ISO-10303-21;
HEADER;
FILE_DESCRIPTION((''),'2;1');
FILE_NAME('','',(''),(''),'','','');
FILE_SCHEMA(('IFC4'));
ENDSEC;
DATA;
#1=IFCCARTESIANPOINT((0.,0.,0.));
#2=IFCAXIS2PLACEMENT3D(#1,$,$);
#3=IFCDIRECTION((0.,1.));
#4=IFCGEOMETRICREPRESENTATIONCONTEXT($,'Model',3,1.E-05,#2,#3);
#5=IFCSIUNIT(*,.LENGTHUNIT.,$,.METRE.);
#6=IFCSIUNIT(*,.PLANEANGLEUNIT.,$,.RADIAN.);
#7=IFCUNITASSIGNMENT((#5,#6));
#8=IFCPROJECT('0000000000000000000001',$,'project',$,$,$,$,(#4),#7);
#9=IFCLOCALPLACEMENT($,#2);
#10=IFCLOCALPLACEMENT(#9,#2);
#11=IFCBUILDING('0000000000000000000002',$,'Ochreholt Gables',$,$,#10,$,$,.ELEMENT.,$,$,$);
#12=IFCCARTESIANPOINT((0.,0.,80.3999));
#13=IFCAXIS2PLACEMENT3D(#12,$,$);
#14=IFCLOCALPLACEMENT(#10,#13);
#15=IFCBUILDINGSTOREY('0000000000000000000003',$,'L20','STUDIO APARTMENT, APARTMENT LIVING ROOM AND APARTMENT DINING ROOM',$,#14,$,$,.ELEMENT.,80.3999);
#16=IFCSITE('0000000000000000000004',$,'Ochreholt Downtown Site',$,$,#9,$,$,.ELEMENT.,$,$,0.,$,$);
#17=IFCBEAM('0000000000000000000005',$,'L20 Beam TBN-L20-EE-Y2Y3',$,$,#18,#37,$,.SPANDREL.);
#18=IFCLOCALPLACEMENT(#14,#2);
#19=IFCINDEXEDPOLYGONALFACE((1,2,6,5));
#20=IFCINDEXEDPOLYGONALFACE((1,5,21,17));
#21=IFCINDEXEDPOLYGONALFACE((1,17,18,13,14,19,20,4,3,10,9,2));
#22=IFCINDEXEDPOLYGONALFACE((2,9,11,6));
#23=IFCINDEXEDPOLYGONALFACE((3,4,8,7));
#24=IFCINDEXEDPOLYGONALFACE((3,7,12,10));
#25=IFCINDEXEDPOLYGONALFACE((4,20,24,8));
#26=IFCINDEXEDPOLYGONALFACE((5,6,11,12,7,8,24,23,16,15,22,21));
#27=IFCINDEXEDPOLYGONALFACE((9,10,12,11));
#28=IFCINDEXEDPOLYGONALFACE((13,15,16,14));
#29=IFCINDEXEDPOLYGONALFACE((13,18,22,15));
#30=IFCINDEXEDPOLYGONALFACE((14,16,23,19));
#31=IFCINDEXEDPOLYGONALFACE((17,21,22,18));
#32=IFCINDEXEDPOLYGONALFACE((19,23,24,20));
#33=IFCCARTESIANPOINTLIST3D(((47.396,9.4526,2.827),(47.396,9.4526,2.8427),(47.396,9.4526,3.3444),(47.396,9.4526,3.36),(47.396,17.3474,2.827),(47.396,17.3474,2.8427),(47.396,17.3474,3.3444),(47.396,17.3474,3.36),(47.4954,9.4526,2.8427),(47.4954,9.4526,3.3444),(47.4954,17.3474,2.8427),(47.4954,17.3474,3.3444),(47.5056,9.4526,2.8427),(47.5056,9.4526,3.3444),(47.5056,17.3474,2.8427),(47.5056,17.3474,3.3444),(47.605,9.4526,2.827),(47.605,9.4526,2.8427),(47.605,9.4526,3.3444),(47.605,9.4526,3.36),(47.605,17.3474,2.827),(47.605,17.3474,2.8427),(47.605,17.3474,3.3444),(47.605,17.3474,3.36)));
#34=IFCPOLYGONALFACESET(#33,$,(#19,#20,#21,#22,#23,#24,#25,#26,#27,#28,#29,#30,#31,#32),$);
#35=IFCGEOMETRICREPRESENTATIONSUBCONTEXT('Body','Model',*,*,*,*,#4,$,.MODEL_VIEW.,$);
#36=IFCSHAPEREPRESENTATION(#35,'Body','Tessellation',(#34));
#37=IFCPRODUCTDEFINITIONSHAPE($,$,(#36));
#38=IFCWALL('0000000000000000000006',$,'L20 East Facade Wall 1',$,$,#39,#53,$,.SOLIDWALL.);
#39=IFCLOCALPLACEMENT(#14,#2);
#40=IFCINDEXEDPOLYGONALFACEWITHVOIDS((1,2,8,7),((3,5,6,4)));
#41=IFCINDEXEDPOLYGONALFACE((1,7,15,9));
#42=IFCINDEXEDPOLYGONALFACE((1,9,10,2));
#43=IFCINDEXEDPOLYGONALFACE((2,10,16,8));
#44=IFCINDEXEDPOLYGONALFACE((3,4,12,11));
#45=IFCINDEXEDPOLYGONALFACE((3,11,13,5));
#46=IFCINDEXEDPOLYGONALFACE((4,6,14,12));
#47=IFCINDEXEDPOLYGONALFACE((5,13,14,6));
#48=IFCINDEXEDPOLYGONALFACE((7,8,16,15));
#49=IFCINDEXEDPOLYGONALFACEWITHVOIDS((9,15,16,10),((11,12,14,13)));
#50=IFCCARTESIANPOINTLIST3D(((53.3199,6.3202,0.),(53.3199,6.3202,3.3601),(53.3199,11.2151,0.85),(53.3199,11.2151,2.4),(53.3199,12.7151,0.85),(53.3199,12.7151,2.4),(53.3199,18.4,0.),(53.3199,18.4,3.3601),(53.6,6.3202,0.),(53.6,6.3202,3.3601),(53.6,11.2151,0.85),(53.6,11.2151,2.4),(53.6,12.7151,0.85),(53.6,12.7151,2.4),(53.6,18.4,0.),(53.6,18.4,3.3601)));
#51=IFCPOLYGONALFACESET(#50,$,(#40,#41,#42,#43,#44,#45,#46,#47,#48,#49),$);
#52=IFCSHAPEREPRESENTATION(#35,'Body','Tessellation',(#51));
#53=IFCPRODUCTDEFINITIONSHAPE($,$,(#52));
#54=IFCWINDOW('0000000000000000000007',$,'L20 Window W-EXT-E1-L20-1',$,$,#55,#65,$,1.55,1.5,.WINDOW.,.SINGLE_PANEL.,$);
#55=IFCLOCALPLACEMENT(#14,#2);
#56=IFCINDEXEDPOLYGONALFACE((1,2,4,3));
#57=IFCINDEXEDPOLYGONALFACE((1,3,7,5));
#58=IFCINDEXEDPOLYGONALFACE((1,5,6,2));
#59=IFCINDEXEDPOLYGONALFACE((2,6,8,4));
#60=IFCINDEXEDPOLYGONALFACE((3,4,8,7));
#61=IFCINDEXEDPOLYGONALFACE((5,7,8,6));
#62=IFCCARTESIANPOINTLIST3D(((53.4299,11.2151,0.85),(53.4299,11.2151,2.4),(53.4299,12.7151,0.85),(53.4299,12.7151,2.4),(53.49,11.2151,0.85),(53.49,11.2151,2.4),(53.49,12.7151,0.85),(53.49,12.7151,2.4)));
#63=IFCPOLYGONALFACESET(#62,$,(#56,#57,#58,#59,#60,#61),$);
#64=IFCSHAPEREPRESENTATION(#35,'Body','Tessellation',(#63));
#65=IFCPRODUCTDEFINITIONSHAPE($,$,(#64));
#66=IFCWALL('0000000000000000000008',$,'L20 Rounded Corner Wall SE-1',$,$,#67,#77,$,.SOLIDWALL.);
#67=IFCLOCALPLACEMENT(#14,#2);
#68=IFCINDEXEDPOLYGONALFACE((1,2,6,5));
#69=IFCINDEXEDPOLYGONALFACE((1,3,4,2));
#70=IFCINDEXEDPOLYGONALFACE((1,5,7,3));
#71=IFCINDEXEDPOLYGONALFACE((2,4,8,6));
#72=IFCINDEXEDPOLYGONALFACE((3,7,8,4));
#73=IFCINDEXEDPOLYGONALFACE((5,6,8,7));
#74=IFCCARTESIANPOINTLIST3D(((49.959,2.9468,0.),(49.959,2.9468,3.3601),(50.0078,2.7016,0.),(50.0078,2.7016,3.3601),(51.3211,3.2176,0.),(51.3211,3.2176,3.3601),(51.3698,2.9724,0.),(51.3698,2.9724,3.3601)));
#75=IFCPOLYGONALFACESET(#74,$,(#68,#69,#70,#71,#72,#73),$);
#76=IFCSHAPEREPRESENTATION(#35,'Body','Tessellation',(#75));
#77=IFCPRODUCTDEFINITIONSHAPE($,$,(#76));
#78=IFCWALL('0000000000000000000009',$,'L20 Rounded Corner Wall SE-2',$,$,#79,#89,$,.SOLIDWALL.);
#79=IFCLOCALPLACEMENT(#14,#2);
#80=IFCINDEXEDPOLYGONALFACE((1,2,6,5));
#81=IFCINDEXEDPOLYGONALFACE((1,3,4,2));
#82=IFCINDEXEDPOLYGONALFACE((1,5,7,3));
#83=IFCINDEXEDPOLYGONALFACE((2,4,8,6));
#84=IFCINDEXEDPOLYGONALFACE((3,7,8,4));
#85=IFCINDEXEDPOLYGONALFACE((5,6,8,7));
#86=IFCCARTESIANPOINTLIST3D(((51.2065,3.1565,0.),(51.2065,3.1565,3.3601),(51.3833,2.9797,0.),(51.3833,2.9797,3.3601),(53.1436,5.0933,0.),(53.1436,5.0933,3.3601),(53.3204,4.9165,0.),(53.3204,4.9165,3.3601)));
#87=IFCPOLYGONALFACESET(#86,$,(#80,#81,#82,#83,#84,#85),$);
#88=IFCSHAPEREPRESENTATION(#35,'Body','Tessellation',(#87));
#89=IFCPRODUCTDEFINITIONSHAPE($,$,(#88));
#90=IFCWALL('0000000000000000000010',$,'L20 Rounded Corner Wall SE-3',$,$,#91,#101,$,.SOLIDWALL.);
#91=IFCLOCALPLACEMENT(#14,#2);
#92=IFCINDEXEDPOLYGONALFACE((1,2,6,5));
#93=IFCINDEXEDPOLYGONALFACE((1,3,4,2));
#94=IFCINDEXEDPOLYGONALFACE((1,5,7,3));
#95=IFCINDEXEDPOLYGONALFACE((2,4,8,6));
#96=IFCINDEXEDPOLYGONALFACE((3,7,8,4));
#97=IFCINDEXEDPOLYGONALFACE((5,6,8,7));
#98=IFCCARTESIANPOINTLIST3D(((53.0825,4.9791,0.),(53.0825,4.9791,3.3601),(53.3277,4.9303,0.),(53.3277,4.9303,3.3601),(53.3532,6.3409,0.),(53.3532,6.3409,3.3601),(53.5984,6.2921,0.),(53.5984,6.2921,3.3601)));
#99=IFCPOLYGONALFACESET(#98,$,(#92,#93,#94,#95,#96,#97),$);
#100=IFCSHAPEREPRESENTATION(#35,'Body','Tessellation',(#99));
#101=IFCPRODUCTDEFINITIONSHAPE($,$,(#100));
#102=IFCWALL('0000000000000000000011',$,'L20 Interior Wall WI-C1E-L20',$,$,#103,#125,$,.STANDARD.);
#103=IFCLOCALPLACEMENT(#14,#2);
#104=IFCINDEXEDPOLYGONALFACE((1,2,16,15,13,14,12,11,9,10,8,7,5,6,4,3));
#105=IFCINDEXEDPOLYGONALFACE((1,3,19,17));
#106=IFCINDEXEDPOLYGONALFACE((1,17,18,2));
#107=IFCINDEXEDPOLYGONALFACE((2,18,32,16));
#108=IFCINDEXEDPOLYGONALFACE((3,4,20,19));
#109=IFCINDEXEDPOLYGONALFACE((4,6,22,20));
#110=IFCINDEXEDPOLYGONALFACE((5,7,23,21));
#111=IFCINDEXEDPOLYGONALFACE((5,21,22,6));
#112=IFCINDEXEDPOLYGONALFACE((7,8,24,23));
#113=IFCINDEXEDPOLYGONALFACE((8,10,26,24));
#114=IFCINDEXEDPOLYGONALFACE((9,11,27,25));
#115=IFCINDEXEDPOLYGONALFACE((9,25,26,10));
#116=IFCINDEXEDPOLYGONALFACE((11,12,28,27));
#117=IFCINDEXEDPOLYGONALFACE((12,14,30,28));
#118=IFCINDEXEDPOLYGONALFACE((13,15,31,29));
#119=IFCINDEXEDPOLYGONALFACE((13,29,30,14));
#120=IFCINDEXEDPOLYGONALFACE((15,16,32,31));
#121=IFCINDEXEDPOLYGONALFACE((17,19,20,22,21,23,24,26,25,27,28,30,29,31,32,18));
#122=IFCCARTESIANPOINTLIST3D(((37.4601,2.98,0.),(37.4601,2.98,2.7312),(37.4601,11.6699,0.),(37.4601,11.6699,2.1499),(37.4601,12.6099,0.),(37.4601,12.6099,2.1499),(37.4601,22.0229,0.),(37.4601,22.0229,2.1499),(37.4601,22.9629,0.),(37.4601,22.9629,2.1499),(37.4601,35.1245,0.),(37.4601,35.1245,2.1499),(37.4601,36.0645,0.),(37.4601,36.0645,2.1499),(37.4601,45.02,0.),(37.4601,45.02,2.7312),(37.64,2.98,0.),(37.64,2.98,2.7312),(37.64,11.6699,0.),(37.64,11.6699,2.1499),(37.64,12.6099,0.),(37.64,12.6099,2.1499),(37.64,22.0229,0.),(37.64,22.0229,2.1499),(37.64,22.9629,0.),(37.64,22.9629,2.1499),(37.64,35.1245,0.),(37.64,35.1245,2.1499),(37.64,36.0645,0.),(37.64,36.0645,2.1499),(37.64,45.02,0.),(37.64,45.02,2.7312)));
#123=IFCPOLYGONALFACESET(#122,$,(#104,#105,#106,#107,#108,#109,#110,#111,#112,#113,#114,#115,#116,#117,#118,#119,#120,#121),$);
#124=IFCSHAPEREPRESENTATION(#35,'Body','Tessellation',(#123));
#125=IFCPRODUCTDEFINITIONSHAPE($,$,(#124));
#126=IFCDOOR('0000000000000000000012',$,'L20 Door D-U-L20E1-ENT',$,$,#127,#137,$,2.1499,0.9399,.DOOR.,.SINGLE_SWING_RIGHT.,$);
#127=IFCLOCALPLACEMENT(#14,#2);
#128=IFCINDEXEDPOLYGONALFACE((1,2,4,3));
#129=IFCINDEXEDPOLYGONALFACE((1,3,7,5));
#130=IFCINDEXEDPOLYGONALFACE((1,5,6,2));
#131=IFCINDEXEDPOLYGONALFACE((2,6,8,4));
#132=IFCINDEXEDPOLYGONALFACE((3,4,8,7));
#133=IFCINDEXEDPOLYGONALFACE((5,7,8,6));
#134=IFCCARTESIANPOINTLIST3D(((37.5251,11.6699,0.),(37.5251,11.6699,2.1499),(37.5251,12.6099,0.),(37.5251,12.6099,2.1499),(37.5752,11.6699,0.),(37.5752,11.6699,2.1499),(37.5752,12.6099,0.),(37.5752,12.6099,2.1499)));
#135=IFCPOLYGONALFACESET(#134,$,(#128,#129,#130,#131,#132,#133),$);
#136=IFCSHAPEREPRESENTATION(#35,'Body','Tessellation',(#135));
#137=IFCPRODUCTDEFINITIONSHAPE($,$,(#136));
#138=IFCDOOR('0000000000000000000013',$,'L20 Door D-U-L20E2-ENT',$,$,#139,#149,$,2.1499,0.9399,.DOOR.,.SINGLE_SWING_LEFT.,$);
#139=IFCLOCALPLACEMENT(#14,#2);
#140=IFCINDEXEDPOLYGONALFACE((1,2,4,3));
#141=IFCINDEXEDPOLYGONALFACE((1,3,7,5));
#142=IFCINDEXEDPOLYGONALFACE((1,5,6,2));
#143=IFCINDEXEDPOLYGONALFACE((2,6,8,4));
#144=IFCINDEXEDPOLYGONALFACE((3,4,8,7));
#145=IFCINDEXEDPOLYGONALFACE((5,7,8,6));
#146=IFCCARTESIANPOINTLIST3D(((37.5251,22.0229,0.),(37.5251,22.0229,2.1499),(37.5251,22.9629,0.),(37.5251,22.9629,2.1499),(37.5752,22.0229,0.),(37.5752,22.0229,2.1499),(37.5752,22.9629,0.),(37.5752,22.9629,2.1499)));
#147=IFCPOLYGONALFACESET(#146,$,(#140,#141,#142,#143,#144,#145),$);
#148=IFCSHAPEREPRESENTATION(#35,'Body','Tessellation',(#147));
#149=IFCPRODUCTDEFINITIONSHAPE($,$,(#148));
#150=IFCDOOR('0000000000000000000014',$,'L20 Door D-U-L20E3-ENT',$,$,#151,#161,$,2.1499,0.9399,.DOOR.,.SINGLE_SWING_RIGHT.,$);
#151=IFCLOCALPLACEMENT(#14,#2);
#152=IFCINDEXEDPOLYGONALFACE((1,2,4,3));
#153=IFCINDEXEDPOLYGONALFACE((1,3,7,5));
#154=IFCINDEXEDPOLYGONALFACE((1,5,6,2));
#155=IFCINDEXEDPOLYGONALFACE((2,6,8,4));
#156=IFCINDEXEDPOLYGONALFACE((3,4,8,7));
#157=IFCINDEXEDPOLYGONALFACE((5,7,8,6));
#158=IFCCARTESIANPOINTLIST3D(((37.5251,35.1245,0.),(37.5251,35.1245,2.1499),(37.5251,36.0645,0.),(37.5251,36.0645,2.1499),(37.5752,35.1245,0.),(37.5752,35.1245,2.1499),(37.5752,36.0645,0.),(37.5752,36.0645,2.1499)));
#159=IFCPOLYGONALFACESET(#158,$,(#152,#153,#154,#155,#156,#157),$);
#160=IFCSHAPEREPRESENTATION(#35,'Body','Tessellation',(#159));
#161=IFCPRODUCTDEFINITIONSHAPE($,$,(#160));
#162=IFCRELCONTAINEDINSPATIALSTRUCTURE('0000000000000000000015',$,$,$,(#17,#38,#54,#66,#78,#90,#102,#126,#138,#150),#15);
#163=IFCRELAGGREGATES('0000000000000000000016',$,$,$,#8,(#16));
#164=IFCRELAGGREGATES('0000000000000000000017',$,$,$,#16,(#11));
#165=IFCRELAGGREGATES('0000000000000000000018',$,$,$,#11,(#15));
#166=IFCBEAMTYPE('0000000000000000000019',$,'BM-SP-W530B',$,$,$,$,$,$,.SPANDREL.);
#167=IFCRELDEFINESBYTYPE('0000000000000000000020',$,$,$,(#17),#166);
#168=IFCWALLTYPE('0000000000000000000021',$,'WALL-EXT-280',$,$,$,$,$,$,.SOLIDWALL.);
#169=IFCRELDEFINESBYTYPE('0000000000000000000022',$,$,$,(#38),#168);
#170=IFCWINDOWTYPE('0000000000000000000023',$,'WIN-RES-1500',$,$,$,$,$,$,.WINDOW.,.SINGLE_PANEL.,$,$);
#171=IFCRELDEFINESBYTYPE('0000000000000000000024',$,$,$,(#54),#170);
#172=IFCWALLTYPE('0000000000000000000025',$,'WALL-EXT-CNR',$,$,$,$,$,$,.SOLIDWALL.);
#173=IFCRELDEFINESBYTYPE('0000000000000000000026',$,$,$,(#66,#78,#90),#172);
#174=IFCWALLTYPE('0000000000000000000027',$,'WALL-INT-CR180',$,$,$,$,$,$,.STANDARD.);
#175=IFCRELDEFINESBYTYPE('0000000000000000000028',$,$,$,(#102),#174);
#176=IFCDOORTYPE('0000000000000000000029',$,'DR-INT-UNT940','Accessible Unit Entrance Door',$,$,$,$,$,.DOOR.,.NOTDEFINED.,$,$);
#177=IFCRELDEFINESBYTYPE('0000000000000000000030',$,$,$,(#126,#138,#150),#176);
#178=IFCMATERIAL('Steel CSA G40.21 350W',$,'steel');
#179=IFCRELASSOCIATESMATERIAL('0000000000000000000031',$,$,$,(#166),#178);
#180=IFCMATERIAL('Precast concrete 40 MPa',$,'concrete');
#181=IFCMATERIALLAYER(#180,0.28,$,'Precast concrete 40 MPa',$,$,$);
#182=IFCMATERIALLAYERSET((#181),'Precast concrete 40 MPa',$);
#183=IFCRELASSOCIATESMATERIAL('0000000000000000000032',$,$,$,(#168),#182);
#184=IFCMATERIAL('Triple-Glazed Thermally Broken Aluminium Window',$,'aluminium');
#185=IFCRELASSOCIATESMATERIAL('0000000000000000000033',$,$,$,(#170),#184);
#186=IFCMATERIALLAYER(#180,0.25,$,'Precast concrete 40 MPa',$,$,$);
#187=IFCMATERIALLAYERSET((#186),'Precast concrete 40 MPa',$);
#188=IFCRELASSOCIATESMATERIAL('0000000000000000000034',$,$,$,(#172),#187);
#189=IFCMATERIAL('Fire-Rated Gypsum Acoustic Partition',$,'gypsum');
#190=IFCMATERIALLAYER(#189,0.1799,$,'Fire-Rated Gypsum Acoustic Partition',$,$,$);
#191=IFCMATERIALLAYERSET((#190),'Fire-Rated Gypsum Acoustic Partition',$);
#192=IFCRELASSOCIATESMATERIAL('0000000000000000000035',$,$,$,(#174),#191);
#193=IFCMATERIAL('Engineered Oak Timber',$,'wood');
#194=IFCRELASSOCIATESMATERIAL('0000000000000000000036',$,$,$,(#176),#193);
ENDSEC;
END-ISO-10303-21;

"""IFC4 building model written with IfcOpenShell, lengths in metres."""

from ifc_helpers import new_model, si_unit, direction, frame, frame_2d, origin, origin_2d, place, context, subcontext, project, spatial, rectangle, i_section, extrude, material, layer, layer_set, material_profile, profile_set, type_object, element, fill, save


model = new_model("IFC4")

# Units and contexts
model_context = context("Model", 3, precision=1e-05, world=origin(), true_north=direction((0.0, 1.0)))
body_context = subcontext(model_context, "Body", "Model", "MODEL_VIEW")
ifc_project = project(units=[si_unit("LENGTHUNIT", "METRE"), si_unit("PLANEANGLEUNIT", "RADIAN")], contexts=[model_context])

# Site, building, storey
site_placement = place(None, origin())
site = spatial("IfcSite", under=ifc_project, at=site_placement, Name="Ochreholt Downtown Site", CompositionType="ELEMENT", RefElevation=0.0)
building_placement = place(site_placement, origin())
building = spatial("IfcBuilding", under=site, at=building_placement, Name="Ochreholt Gables", CompositionType="ELEMENT")
storey_placement = place(building_placement, frame((0.0, 0.0, 80.3999)))
storey = spatial("IfcBuildingStorey", under=building, at=storey_placement, Name="L20", Description="STUDIO APARTMENT, APARTMENT LIVING ROOM AND APARTMENT DINING ROOM", CompositionType="ELEMENT", Elevation=80.3999)

# Shared definitions
ifc_material_1 = material(Name="Steel CSA G40.21 350W", Category="steel")

# Beam
ifc_material_profile_1 = material_profile(ifc_material_1, i_section(OverallWidth=0.209, OverallDepth=0.533, WebThickness=0.0103, FlangeThickness=0.0156, at=origin_2d()), Name="W530X92")
ifc_profile_set_1 = profile_set([ifc_material_profile_1], Name="Steel CSA G40.21 350W")
beam_type_1 = type_object("IfcBeamType", Name="BM-SP-W530B", PredefinedType="SPANDREL", material=ifc_profile_set_1)
beam_1_placement = place(storey_placement, frame((47.5005, 9.4526, 3.0935), z_axis=(0.0, 1.0, 0.0), x_axis=(-1.0, 0.0, 0.0)))
element("IfcBeam", 1, at=beam_1_placement, inside=storey, type_object=beam_type_1, Name="L20 Beam TBN-L20-EE-Y2Y3", PredefinedType="SPANDREL", context=body_context, shape_type="SweptSolid", body=[
    extrude(i_section(OverallWidth=0.209, OverallDepth=0.533, WebThickness=0.0103, FlangeThickness=0.0156, at=origin_2d()), origin(), (0.0, 0.0, 1.0), 7.8948),
])

# Wall, opening, window
ifc_material_2 = material(Name="Precast concrete 40 MPa", Category="concrete")
ifc_layer_1 = layer(ifc_material_2, 0.28, Name="Precast concrete 40 MPa")
ifc_layer_set_1 = layer_set([ifc_layer_1], Name="Precast concrete 40 MPa")
wall_type_1 = type_object("IfcWallType", Name="WALL-EXT-280", PredefinedType="SOLIDWALL", material=ifc_layer_set_1)
wall_1_placement = place(storey_placement, frame((53.46, 6.3201, 0.0), z_axis=(0.0, 0.0, 1.0), x_axis=(0.0, 1.0, 0.0)))
wall_1 = element("IfcWall", 2, at=wall_1_placement, inside=storey, type_object=wall_type_1, Name="L20 East Facade Wall 1", PredefinedType="SOLIDWALL", context=body_context, shape_type="SweptSolid", body=[
    extrude(rectangle(XDim=12.0798, YDim=0.28, at=frame_2d((6.04, 0.0))), origin(), (0.0, 0.0, 1.0), 3.3601),
])
opening_1_placement = place(wall_1_placement, frame((4.895, 0.0, 0.8501)))
opening_1 = element("IfcOpeningElement", 3, at=opening_1_placement, cuts=wall_1, PredefinedType="OPENING", context=body_context, shape_type="SweptSolid", body=[
    extrude(rectangle(XDim=1.5, YDim=1.55, at=frame_2d((0.75, 0.7749))), frame((0.0, 0.1499, 0.0), z_axis=(0.0, -1.0, 0.0), x_axis=(1.0, 0.0, 0.0)), (0.0, 0.0, 1.0), 0.3),
])
ifc_material_3 = material(Name="Triple-Glazed Thermally Broken Aluminium Window", Category="aluminium")
window_type = type_object("IfcWindowType", Name="WIN-RES-1500", PartitioningType="SINGLE_PANEL", PredefinedType="WINDOW", material=ifc_material_3)
window_placement = place(opening_1_placement, origin())
window = element("IfcWindow", 4, at=window_placement, inside=storey, type_object=window_type, Name="L20 Window W-EXT-E1-L20-1", OverallHeight=1.55, OverallWidth=1.5, PartitioningType="SINGLE_PANEL", PredefinedType="WINDOW", context=body_context, shape_type="SweptSolid", body=[
    extrude(rectangle(XDim=1.5, YDim=1.55, at=frame_2d((0.75, 0.7749))), frame((0.0, 0.03, 0.0), z_axis=(0.0, -1.0, 0.0), x_axis=(1.0, 0.0, 0.0)), (0.0, 0.0, 1.0), 0.0601),
])
fill(opening_1, window)

# Walls
ifc_layer_2 = layer(ifc_material_2, 0.25, Name="Precast concrete 40 MPa")
ifc_layer_set_2 = layer_set([ifc_layer_2], Name="Precast concrete 40 MPa")
wall_type_2 = type_object("IfcWallType", Name="WALL-EXT-CNR", PredefinedType="SOLIDWALL", material=ifc_layer_set_2)
wall_2_placement = place(storey_placement, frame((49.9834, 2.8242, 0.0), z_axis=(0.0, 0.0, 1.0), x_axis=(0.98081, 0.194967, 0.0)))
element("IfcWall", 5, at=wall_2_placement, inside=storey, type_object=wall_type_2, Name="L20 Rounded Corner Wall SE-1", PredefinedType="SOLIDWALL", context=body_context, shape_type="SweptSolid", body=[
    extrude(rectangle(XDim=1.3887, YDim=0.25, at=frame_2d((0.6943, 0.0))), origin(), (0.0, 0.0, 1.0), 3.3601),
])
wall_3_placement = place(storey_placement, frame((51.2949, 3.0681, 0.0), z_axis=(0.0, 0.0, 1.0), x_axis=(0.707151, 0.707062, 0.0)))
element("IfcWall", 6, at=wall_3_placement, inside=storey, type_object=wall_type_2, Name="L20 Rounded Corner Wall SE-2", PredefinedType="SOLIDWALL", context=body_context, shape_type="SweptSolid", body=[
    extrude(rectangle(XDim=2.7393, YDim=0.25, at=frame_2d((1.3696, 0.0))), origin(), (0.0, 0.0, 1.0), 3.3601),
])
wall_4_placement = place(storey_placement, frame((53.2051, 4.9546, 0.0), z_axis=(0.0, 0.0, 1.0), x_axis=(0.195, 0.980803, 0.0)))
element("IfcWall", 7, at=wall_4_placement, inside=storey, type_object=wall_type_2, Name="L20 Rounded Corner Wall SE-3", PredefinedType="SOLIDWALL", context=body_context, shape_type="SweptSolid", body=[
    extrude(rectangle(XDim=1.3884, YDim=0.25, at=frame_2d((0.6943, 0.0))), origin(), (0.0, 0.0, 1.0), 3.3601),
])

# Wall, openings, doors
ifc_material_4 = material(Name="Fire-Rated Gypsum Acoustic Partition", Category="gypsum")
ifc_layer_3 = layer(ifc_material_4, 0.1799, Name="Fire-Rated Gypsum Acoustic Partition")
ifc_layer_set_3 = layer_set([ifc_layer_3], Name="Fire-Rated Gypsum Acoustic Partition")
wall_type_3 = type_object("IfcWallType", Name="WALL-INT-CR180", PredefinedType="STANDARD", material=ifc_layer_set_3)
wall_5_placement = place(storey_placement, frame((37.55, 2.98, 0.0), z_axis=(0.0, 0.0, 1.0), x_axis=(0.0, 1.0, 0.0)))
wall_5 = element("IfcWall", 8, at=wall_5_placement, inside=storey, type_object=wall_type_3, Name="L20 Interior Wall WI-C1E-L20", PredefinedType="STANDARD", context=body_context, shape_type="SweptSolid", body=[
    extrude(rectangle(XDim=42.04, YDim=0.1799, at=frame_2d((21.02, 0.0))), origin(), (0.0, 0.0, 1.0), 2.7312),
])
opening_2_placement = place(wall_5_placement, frame((8.6899, 0.0, 0.0)))
opening_2 = element("IfcOpeningElement", 9, at=opening_2_placement, cuts=wall_5, PredefinedType="OPENING", context=body_context, shape_type="SweptSolid", body=[
    extrude(rectangle(XDim=0.9399, YDim=2.1499, at=frame_2d((0.47, 1.075))), frame((0.0, 0.0999, 0.0), z_axis=(0.0, -1.0, 0.0), x_axis=(1.0, 0.0, 0.0)), (0.0, 0.0, 1.0), 0.2),
])
opening_3_placement = place(wall_5_placement, frame((19.043, 0.0, 0.0)))
opening_3 = element("IfcOpeningElement", 10, at=opening_3_placement, cuts=wall_5, PredefinedType="OPENING", context=body_context, shape_type="SweptSolid", body=[
    extrude(rectangle(XDim=0.9399, YDim=2.1499, at=frame_2d((0.47, 1.075))), frame((0.0, 0.0999, 0.0), z_axis=(0.0, -1.0, 0.0), x_axis=(1.0, 0.0, 0.0)), (0.0, 0.0, 1.0), 0.2),
])
opening_4_placement = place(wall_5_placement, frame((32.1445, 0.0, 0.0)))
opening_4 = element("IfcOpeningElement", 11, at=opening_4_placement, cuts=wall_5, PredefinedType="OPENING", context=body_context, shape_type="SweptSolid", body=[
    extrude(rectangle(XDim=0.9399, YDim=2.1499, at=frame_2d((0.47, 1.075))), frame((0.0, 0.0999, 0.0), z_axis=(0.0, -1.0, 0.0), x_axis=(1.0, 0.0, 0.0)), (0.0, 0.0, 1.0), 0.2),
])
ifc_material_5 = material(Name="Engineered Oak Timber", Category="wood")
door_type = type_object("IfcDoorType", Name="DR-INT-UNT940", Description="Accessible Unit Entrance Door", OperationType="NOTDEFINED", PredefinedType="DOOR", material=ifc_material_5)
door_1_placement = place(opening_2_placement, origin())
door_1 = element("IfcDoor", 12, at=door_1_placement, inside=storey, type_object=door_type, Name="L20 Door D-U-L20E1-ENT", OperationType="SINGLE_SWING_RIGHT", OverallHeight=2.1499, OverallWidth=0.9399, PredefinedType="DOOR", context=body_context, shape_type="SweptSolid", body=[
    extrude(rectangle(XDim=0.9399, YDim=2.1499, at=frame_2d((0.47, 1.075))), frame((0.0, 0.0249, 0.0), z_axis=(0.0, -1.0, 0.0), x_axis=(1.0, 0.0, 0.0)), (0.0, 0.0, 1.0), 0.05),
])
fill(opening_2, door_1)
door_2_placement = place(opening_3_placement, origin())
door_2 = element("IfcDoor", 13, at=door_2_placement, inside=storey, type_object=door_type, Name="L20 Door D-U-L20E2-ENT", OperationType="SINGLE_SWING_LEFT", OverallHeight=2.1499, OverallWidth=0.9399, PredefinedType="DOOR", context=body_context, shape_type="SweptSolid", body=[
    extrude(rectangle(XDim=0.9399, YDim=2.1499, at=frame_2d((0.47, 1.075))), frame((0.0, 0.0249, 0.0), z_axis=(0.0, -1.0, 0.0), x_axis=(1.0, 0.0, 0.0)), (0.0, 0.0, 1.0), 0.05),
])
fill(opening_3, door_2)
door_3_placement = place(opening_4_placement, origin())
door_3 = element("IfcDoor", 14, at=door_3_placement, inside=storey, type_object=door_type, Name="L20 Door D-U-L20E3-ENT", OperationType="SINGLE_SWING_RIGHT", OverallHeight=2.1499, OverallWidth=0.9399, PredefinedType="DOOR", context=body_context, shape_type="SweptSolid", body=[
    extrude(rectangle(XDim=0.9399, YDim=2.1499, at=frame_2d((0.47, 1.075))), frame((0.0, 0.0249, 0.0), z_axis=(0.0, -1.0, 0.0), x_axis=(1.0, 0.0, 0.0)), (0.0, 0.0, 1.0), 0.05),
])
fill(opening_4, door_3)

save(model, "model.ifc")
